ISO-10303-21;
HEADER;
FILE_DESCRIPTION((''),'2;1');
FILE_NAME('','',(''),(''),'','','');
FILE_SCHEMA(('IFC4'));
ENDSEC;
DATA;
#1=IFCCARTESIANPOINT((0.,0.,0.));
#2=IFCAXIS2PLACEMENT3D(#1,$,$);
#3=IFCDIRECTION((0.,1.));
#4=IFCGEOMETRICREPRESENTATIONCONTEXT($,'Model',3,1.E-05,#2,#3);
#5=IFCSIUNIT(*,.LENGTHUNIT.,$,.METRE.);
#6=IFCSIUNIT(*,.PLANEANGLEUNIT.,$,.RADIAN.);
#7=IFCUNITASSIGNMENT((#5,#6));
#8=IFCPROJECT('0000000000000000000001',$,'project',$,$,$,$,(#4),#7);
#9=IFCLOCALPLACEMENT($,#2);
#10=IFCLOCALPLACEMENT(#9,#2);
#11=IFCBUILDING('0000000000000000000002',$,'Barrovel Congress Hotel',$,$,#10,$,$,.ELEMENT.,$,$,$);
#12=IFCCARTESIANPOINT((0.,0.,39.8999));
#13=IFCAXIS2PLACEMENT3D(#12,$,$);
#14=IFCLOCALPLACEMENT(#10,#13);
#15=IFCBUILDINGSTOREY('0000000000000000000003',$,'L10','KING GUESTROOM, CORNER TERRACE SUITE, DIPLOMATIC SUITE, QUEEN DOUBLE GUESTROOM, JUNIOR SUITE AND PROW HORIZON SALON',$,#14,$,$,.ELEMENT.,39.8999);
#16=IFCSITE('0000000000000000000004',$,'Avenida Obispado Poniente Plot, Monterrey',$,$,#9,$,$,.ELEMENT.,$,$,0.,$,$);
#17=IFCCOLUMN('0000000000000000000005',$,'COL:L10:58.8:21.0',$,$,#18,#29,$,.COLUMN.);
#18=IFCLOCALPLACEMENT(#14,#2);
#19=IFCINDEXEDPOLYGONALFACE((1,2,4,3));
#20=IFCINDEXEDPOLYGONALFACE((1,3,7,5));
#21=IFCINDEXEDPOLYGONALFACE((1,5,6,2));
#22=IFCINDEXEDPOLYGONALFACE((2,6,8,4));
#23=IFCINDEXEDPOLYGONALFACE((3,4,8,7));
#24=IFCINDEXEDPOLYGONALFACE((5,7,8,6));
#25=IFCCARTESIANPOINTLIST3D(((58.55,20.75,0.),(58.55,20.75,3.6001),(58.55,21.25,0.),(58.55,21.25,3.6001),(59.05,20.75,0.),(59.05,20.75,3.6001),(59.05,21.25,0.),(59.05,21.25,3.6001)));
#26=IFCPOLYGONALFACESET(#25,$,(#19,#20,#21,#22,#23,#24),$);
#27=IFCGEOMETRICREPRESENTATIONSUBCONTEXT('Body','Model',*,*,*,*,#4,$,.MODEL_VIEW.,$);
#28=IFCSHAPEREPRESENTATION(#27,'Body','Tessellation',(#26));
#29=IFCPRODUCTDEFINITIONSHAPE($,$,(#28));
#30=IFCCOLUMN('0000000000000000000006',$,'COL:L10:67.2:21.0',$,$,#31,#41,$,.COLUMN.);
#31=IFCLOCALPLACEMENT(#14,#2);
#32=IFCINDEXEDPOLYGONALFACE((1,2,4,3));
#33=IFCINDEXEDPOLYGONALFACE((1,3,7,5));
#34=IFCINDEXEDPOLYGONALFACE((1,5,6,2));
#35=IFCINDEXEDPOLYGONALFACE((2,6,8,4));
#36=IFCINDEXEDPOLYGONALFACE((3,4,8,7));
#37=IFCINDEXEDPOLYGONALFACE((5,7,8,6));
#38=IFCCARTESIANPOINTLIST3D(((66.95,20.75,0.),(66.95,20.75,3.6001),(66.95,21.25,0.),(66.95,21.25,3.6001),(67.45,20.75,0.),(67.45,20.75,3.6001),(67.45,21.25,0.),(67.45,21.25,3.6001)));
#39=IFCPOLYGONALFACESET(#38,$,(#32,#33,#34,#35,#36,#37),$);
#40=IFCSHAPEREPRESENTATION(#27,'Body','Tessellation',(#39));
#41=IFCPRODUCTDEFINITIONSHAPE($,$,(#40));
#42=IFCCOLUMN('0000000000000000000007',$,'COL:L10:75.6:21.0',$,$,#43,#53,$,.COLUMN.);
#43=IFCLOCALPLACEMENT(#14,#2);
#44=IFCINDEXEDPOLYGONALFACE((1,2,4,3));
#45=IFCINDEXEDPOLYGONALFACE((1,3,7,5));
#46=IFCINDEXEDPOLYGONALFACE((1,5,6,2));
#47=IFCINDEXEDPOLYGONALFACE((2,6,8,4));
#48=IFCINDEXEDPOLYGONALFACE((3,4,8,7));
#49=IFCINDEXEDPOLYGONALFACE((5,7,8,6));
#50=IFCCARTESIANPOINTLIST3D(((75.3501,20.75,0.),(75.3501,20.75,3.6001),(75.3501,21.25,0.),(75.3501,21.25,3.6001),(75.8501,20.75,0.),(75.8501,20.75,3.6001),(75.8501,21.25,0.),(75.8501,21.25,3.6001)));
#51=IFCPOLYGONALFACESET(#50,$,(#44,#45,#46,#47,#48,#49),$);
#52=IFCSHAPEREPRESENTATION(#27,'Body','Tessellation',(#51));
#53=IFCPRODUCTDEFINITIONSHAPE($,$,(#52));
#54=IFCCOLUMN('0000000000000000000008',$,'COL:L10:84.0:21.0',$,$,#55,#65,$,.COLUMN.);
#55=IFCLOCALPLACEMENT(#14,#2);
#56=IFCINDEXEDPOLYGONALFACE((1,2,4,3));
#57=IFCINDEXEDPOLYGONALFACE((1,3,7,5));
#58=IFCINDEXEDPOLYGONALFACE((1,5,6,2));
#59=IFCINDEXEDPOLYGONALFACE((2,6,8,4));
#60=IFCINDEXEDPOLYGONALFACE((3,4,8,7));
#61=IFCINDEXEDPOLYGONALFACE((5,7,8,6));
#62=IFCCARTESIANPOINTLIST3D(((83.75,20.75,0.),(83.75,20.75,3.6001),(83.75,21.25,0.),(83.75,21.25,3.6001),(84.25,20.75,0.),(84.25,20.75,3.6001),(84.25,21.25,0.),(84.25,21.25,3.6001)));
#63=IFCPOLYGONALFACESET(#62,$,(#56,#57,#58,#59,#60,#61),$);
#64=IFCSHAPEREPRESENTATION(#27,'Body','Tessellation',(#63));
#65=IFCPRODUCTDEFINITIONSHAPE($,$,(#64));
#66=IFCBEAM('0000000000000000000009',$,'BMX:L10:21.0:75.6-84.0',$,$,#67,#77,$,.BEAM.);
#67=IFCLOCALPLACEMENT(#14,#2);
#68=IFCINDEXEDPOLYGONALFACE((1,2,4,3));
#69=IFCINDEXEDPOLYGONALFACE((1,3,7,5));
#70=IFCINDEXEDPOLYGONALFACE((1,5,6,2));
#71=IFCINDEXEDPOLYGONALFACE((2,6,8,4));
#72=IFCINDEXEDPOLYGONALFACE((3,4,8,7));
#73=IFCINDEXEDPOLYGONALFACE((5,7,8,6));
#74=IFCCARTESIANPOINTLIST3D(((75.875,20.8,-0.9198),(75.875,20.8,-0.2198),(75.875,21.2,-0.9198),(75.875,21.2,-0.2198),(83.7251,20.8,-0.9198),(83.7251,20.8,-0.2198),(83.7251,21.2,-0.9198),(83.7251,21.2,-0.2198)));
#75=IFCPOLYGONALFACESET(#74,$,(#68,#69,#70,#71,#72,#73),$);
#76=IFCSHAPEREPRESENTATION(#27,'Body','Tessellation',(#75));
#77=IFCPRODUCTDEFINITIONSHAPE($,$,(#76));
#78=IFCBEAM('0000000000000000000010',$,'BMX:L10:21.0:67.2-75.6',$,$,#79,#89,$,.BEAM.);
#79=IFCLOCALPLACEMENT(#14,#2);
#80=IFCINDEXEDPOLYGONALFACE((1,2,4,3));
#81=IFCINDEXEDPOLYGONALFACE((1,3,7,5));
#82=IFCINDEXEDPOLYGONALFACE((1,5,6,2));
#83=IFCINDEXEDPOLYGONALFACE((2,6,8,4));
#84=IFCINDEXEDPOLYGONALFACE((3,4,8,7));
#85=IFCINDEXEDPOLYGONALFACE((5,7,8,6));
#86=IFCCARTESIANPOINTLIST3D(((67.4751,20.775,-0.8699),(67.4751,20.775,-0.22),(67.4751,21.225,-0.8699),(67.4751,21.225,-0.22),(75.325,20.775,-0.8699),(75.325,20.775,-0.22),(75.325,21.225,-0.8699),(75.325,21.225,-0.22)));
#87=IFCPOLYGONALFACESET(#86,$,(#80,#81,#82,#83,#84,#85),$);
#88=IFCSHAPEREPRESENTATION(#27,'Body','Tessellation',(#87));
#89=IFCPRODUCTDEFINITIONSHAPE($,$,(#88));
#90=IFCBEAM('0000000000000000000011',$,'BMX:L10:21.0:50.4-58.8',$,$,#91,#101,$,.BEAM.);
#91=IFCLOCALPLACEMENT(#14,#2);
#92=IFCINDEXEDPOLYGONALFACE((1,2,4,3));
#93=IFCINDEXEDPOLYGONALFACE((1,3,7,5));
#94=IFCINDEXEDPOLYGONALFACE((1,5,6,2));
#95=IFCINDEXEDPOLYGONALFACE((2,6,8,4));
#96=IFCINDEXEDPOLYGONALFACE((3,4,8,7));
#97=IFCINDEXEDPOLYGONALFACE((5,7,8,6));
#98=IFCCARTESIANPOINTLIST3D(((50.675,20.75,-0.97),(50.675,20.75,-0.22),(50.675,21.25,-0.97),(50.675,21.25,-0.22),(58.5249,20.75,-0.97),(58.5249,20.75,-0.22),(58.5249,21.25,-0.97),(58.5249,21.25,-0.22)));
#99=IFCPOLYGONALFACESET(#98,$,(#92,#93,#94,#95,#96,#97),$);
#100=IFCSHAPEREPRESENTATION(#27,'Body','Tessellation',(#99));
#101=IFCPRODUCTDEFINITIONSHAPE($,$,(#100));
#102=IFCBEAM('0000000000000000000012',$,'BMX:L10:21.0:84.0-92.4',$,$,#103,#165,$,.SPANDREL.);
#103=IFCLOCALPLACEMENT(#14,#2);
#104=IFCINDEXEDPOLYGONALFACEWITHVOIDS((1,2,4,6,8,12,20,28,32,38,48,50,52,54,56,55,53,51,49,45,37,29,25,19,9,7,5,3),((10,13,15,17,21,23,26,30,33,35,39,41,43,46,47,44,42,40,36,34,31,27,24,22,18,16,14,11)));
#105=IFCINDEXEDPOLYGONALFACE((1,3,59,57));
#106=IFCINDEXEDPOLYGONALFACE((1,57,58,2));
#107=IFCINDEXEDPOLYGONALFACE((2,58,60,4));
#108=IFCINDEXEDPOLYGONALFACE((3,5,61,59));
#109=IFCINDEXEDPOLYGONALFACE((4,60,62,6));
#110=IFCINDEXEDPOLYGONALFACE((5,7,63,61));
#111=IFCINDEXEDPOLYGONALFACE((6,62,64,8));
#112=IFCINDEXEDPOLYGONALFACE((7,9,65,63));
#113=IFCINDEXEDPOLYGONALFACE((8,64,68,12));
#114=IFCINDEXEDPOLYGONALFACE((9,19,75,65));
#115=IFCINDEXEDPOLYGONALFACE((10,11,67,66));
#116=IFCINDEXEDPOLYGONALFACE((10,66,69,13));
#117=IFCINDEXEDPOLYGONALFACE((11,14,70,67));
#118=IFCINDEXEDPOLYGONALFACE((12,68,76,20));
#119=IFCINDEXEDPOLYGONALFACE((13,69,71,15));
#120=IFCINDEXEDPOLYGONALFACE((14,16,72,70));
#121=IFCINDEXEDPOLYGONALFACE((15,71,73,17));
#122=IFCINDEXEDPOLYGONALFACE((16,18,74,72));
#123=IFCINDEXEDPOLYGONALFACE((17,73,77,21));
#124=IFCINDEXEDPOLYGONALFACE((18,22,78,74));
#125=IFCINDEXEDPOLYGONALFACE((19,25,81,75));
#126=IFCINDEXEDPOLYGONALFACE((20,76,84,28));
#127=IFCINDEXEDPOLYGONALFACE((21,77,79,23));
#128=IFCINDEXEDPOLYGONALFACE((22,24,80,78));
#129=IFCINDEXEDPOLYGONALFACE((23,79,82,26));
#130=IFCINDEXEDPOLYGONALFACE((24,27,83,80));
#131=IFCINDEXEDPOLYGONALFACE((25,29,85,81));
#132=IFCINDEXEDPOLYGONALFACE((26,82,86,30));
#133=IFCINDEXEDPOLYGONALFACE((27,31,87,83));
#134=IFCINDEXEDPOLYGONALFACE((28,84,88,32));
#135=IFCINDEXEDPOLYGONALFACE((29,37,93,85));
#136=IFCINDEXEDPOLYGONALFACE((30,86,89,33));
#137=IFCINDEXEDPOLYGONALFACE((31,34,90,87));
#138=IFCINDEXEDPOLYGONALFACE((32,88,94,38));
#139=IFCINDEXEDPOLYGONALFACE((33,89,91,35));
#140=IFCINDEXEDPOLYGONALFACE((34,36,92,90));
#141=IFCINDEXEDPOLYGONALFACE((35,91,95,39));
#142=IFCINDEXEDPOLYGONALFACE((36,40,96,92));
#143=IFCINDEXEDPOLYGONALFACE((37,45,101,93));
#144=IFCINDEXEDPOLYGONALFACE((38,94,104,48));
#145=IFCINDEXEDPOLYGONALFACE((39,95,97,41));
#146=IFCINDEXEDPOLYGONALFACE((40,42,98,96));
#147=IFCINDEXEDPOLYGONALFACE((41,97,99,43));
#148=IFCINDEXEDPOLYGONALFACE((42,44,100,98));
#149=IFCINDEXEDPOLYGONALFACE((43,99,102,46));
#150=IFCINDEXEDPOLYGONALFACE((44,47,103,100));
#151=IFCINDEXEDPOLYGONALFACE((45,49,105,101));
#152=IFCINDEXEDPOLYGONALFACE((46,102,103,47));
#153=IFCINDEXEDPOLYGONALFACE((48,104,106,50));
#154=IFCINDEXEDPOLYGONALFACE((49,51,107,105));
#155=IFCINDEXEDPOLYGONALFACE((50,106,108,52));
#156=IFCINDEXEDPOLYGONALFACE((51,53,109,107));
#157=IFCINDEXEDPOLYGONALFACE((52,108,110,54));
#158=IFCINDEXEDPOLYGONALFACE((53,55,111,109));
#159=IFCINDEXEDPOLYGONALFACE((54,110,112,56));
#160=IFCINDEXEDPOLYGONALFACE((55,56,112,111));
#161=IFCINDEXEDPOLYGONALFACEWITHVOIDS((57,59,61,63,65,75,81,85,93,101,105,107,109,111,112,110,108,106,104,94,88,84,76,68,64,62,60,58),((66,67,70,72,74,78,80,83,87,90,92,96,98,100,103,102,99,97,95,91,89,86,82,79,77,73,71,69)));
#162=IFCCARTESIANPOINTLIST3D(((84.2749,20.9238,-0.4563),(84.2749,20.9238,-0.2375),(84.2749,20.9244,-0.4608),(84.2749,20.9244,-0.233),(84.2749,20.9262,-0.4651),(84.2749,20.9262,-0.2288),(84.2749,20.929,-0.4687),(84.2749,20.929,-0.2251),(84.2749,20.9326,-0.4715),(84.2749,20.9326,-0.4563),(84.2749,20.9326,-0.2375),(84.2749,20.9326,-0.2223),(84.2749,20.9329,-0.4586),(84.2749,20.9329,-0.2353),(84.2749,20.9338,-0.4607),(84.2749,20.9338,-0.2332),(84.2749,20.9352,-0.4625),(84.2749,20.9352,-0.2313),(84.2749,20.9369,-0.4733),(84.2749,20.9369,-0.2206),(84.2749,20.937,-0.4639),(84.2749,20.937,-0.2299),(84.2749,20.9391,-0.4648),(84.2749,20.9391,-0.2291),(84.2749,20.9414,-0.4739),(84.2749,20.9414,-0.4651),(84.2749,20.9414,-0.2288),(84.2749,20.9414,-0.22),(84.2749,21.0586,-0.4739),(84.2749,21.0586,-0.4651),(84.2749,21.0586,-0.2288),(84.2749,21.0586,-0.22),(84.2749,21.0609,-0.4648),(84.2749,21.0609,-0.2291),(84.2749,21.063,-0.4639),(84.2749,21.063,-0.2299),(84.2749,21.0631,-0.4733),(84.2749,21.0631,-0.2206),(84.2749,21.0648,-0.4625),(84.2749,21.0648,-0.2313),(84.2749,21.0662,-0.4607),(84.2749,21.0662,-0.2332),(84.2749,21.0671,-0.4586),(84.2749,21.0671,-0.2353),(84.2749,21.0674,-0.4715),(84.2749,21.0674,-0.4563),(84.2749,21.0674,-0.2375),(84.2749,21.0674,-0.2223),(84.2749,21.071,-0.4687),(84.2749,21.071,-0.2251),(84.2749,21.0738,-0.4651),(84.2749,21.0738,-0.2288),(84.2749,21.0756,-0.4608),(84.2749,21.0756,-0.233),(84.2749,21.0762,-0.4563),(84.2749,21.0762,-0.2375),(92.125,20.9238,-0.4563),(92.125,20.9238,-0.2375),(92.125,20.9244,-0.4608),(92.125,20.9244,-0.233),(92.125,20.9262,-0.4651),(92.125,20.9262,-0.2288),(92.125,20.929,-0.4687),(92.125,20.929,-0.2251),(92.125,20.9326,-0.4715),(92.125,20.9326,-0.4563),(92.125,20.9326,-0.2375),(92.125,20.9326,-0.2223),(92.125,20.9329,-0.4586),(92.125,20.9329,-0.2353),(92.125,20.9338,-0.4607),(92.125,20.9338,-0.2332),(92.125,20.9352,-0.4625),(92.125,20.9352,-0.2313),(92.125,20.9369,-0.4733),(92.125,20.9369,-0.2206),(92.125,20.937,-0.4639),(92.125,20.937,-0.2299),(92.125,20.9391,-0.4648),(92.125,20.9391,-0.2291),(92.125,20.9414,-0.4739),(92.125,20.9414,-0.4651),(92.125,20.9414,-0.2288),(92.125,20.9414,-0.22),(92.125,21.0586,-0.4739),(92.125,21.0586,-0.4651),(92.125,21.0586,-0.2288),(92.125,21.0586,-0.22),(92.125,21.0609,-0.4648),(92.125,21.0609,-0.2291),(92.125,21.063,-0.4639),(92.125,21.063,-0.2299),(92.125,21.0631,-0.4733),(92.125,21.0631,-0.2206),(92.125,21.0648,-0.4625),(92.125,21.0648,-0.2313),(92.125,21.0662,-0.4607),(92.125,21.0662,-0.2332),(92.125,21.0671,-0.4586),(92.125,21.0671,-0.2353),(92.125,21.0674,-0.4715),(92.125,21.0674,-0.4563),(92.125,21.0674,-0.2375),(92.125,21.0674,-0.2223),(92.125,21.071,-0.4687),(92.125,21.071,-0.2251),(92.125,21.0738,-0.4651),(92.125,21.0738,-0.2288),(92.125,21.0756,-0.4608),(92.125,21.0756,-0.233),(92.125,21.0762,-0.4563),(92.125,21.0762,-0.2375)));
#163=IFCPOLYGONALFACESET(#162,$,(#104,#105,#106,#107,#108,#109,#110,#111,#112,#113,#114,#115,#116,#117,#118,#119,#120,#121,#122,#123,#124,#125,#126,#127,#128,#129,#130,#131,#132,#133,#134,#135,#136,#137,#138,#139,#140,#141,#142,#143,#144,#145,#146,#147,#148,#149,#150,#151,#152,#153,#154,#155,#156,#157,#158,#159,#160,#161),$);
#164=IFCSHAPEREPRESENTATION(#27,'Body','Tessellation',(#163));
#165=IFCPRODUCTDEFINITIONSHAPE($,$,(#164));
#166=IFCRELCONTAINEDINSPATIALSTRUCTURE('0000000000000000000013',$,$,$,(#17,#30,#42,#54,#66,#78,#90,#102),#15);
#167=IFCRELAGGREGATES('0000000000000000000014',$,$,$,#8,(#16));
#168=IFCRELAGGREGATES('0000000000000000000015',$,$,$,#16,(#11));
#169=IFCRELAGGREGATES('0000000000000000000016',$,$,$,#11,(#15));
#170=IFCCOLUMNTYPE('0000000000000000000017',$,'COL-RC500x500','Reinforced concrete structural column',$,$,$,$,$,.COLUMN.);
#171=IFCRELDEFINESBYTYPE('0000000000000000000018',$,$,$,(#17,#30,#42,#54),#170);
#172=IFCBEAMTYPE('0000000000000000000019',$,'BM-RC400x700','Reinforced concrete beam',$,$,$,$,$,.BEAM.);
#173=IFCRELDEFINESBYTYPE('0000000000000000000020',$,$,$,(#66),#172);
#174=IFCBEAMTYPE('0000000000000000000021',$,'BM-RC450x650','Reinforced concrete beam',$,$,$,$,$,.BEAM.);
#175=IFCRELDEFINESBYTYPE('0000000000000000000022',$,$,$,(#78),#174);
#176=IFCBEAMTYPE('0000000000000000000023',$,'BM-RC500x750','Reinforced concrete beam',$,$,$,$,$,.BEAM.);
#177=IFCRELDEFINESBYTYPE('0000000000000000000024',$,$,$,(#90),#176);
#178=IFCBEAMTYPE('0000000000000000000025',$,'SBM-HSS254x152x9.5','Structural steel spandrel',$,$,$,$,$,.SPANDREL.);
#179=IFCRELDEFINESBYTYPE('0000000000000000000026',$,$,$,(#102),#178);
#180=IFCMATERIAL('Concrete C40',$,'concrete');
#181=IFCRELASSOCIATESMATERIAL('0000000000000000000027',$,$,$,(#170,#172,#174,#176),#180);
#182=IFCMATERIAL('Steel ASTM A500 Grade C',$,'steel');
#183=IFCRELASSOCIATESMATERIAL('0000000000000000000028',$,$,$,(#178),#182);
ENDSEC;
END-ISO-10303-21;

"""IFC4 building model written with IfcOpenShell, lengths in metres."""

from ifc_helpers import new_model, si_unit, direction, frame, origin, origin_2d, place, context, subcontext, project, spatial, rectangle, hollow_rectangle, extrude, material, material_profile, profile_set, type_object, element, save


model = new_model("IFC4")

# Units and contexts
model_context = context("Model", 3, precision=1e-05, world=origin(), true_north=direction((0.0, 1.0)))
body_context = subcontext(model_context, "Body", "Model", "MODEL_VIEW")
ifc_project = project(units=[si_unit("LENGTHUNIT", "METRE"), si_unit("PLANEANGLEUNIT", "RADIAN")], contexts=[model_context])

# Site, building, storey
site_placement = place(None, origin())
site = spatial("IfcSite", under=ifc_project, at=site_placement, Name="Avenida Obispado Poniente Plot, Monterrey", CompositionType="ELEMENT", RefElevation=0.0)
building_placement = place(site_placement, origin())
building = spatial("IfcBuilding", under=site, at=building_placement, Name="Barrovel Congress Hotel", CompositionType="ELEMENT")
storey_placement = place(building_placement, frame((0.0, 0.0, 39.8999)))
storey = spatial("IfcBuildingStorey", under=building, at=storey_placement, Name="L10", Description="KING GUESTROOM, CORNER TERRACE SUITE, DIPLOMATIC SUITE, QUEEN DOUBLE GUESTROOM, JUNIOR SUITE AND PROW HORIZON SALON", CompositionType="ELEMENT", Elevation=39.8999)

# Columns
ifc_material_1 = material(Name="Concrete C40", Category="concrete")
ifc_material_profile_1 = material_profile(ifc_material_1, rectangle(XDim=0.5, YDim=0.5, at=origin_2d()), Name="RC500x500")
ifc_profile_set_1 = profile_set([ifc_material_profile_1], Name="Concrete C40")
column_type = type_object("IfcColumnType", Name="COL-RC500x500", Description="Reinforced concrete structural column", PredefinedType="COLUMN", material=ifc_profile_set_1)
for number, where, z_axis, x_axis, name in (
    (1, (58.8, 21.0, 0.0), (0.0, 0.0, 1.0), (1.0, 0.0, 0.0), "COL:L10:58.8:21.0"),
    (2, (67.2, 21.0, 0.0), (0.0, 0.0, 1.0), (1.0, 0.0, 0.0), "COL:L10:67.2:21.0"),
    (3, (75.6001, 21.0, 0.0), (0.0, 0.0, 1.0), (1.0, 0.0, 0.0), "COL:L10:75.6:21.0"),
    (4, (84.0, 21.0, 0.0), (0.0, 0.0, 1.0), (1.0, 0.0, 0.0), "COL:L10:84.0:21.0"),
):
    element("IfcColumn", number, at=place(storey_placement, frame(where, z_axis=z_axis, x_axis=x_axis)), inside=storey, type_object=column_type, Name=name, PredefinedType="COLUMN", context=body_context, shape_type="SweptSolid", body=[
        extrude(rectangle(XDim=0.5, YDim=0.5, at=origin_2d()), origin(), (0.0, 0.0, 1.0), 3.6001),
    ])

# Beams
ifc_material_profile_2 = material_profile(ifc_material_1, rectangle(XDim=0.3999, YDim=0.7, at=origin_2d()), Name="RC400x700")
ifc_profile_set_2 = profile_set([ifc_material_profile_2], Name="Concrete C40")
beam_type_1 = type_object("IfcBeamType", Name="BM-RC400x700", Description="Reinforced concrete beam", PredefinedType="BEAM", material=ifc_profile_set_2)
beam_1_placement = place(storey_placement, frame((75.875, 21.0, -0.5698), z_axis=(1.0, 0.0, 0.0), x_axis=(0.0, 1.0, 0.0)))
element("IfcBeam", 5, at=beam_1_placement, inside=storey, type_object=beam_type_1, Name="BMX:L10:21.0:75.6-84.0", PredefinedType="BEAM", context=body_context, shape_type="SweptSolid", body=[
    extrude(rectangle(XDim=0.3999, YDim=0.7, at=origin_2d()), origin(), (0.0, 0.0, 1.0), 7.8501),
])
ifc_material_profile_3 = material_profile(ifc_material_1, rectangle(XDim=0.45, YDim=0.6499, at=origin_2d()), Name="RC450x650")
ifc_profile_set_3 = profile_set([ifc_material_profile_3], Name="Concrete C40")
beam_type_2 = type_object("IfcBeamType", Name="BM-RC450x650", Description="Reinforced concrete beam", PredefinedType="BEAM", material=ifc_profile_set_3)
beam_2_placement = place(storey_placement, frame((67.4751, 21.0, -0.5449), z_axis=(1.0, 0.0, 0.0), x_axis=(0.0, 1.0, 0.0)))
element("IfcBeam", 6, at=beam_2_placement, inside=storey, type_object=beam_type_2, Name="BMX:L10:21.0:67.2-75.6", PredefinedType="BEAM", context=body_context, shape_type="SweptSolid", body=[
    extrude(rectangle(XDim=0.45, YDim=0.6499, at=origin_2d()), origin(), (0.0, 0.0, 1.0), 7.8499),
])
ifc_material_profile_4 = material_profile(ifc_material_1, rectangle(XDim=0.5, YDim=0.75, at=origin_2d()), Name="RC500x750")
ifc_profile_set_4 = profile_set([ifc_material_profile_4], Name="Concrete C40")
beam_type_3 = type_object("IfcBeamType", Name="BM-RC500x750", Description="Reinforced concrete beam", PredefinedType="BEAM", material=ifc_profile_set_4)
beam_3_placement = place(storey_placement, frame((50.675, 21.0, -0.595), z_axis=(1.0, 0.0, 0.0), x_axis=(0.0, 1.0, 0.0)))
element("IfcBeam", 7, at=beam_3_placement, inside=storey, type_object=beam_type_3, Name="BMX:L10:21.0:50.4-58.8", PredefinedType="BEAM", context=body_context, shape_type="SweptSolid", body=[
    extrude(rectangle(XDim=0.5, YDim=0.75, at=origin_2d()), origin(), (0.0, 0.0, 1.0), 7.8499),
])
ifc_material_2 = material(Name="Steel ASTM A500 Grade C", Category="steel")
ifc_material_profile_5 = material_profile(ifc_material_2, hollow_rectangle(XDim=0.1523, YDim=0.2539, WallThickness=0.0088, InnerFilletRadius=0.0088, OuterFilletRadius=0.0176, at=origin_2d()), Name="HSS254x152x9.5")
ifc_profile_set_5 = profile_set([ifc_material_profile_5], Name="Steel ASTM A500 Grade C")
beam_type_4 = type_object("IfcBeamType", Name="SBM-HSS254x152x9.5", Description="Structural steel spandrel", PredefinedType="SPANDREL", material=ifc_profile_set_5)
beam_4_placement = place(storey_placement, frame((84.2749, 21.0, -0.3469), z_axis=(1.0, 0.0, 0.0), x_axis=(0.0, 1.0, 0.0)))
element("IfcBeam", 8, at=beam_4_placement, inside=storey, type_object=beam_type_4, Name="BMX:L10:21.0:84.0-92.4", PredefinedType="SPANDREL", context=body_context, shape_type="SweptSolid", body=[
    extrude(hollow_rectangle(XDim=0.1523, YDim=0.2539, WallThickness=0.0088, InnerFilletRadius=0.0088, OuterFilletRadius=0.0176, at=origin_2d()), origin(), (0.0, 0.0, 1.0), 7.8501),
])

save(model, "model.ifc")
